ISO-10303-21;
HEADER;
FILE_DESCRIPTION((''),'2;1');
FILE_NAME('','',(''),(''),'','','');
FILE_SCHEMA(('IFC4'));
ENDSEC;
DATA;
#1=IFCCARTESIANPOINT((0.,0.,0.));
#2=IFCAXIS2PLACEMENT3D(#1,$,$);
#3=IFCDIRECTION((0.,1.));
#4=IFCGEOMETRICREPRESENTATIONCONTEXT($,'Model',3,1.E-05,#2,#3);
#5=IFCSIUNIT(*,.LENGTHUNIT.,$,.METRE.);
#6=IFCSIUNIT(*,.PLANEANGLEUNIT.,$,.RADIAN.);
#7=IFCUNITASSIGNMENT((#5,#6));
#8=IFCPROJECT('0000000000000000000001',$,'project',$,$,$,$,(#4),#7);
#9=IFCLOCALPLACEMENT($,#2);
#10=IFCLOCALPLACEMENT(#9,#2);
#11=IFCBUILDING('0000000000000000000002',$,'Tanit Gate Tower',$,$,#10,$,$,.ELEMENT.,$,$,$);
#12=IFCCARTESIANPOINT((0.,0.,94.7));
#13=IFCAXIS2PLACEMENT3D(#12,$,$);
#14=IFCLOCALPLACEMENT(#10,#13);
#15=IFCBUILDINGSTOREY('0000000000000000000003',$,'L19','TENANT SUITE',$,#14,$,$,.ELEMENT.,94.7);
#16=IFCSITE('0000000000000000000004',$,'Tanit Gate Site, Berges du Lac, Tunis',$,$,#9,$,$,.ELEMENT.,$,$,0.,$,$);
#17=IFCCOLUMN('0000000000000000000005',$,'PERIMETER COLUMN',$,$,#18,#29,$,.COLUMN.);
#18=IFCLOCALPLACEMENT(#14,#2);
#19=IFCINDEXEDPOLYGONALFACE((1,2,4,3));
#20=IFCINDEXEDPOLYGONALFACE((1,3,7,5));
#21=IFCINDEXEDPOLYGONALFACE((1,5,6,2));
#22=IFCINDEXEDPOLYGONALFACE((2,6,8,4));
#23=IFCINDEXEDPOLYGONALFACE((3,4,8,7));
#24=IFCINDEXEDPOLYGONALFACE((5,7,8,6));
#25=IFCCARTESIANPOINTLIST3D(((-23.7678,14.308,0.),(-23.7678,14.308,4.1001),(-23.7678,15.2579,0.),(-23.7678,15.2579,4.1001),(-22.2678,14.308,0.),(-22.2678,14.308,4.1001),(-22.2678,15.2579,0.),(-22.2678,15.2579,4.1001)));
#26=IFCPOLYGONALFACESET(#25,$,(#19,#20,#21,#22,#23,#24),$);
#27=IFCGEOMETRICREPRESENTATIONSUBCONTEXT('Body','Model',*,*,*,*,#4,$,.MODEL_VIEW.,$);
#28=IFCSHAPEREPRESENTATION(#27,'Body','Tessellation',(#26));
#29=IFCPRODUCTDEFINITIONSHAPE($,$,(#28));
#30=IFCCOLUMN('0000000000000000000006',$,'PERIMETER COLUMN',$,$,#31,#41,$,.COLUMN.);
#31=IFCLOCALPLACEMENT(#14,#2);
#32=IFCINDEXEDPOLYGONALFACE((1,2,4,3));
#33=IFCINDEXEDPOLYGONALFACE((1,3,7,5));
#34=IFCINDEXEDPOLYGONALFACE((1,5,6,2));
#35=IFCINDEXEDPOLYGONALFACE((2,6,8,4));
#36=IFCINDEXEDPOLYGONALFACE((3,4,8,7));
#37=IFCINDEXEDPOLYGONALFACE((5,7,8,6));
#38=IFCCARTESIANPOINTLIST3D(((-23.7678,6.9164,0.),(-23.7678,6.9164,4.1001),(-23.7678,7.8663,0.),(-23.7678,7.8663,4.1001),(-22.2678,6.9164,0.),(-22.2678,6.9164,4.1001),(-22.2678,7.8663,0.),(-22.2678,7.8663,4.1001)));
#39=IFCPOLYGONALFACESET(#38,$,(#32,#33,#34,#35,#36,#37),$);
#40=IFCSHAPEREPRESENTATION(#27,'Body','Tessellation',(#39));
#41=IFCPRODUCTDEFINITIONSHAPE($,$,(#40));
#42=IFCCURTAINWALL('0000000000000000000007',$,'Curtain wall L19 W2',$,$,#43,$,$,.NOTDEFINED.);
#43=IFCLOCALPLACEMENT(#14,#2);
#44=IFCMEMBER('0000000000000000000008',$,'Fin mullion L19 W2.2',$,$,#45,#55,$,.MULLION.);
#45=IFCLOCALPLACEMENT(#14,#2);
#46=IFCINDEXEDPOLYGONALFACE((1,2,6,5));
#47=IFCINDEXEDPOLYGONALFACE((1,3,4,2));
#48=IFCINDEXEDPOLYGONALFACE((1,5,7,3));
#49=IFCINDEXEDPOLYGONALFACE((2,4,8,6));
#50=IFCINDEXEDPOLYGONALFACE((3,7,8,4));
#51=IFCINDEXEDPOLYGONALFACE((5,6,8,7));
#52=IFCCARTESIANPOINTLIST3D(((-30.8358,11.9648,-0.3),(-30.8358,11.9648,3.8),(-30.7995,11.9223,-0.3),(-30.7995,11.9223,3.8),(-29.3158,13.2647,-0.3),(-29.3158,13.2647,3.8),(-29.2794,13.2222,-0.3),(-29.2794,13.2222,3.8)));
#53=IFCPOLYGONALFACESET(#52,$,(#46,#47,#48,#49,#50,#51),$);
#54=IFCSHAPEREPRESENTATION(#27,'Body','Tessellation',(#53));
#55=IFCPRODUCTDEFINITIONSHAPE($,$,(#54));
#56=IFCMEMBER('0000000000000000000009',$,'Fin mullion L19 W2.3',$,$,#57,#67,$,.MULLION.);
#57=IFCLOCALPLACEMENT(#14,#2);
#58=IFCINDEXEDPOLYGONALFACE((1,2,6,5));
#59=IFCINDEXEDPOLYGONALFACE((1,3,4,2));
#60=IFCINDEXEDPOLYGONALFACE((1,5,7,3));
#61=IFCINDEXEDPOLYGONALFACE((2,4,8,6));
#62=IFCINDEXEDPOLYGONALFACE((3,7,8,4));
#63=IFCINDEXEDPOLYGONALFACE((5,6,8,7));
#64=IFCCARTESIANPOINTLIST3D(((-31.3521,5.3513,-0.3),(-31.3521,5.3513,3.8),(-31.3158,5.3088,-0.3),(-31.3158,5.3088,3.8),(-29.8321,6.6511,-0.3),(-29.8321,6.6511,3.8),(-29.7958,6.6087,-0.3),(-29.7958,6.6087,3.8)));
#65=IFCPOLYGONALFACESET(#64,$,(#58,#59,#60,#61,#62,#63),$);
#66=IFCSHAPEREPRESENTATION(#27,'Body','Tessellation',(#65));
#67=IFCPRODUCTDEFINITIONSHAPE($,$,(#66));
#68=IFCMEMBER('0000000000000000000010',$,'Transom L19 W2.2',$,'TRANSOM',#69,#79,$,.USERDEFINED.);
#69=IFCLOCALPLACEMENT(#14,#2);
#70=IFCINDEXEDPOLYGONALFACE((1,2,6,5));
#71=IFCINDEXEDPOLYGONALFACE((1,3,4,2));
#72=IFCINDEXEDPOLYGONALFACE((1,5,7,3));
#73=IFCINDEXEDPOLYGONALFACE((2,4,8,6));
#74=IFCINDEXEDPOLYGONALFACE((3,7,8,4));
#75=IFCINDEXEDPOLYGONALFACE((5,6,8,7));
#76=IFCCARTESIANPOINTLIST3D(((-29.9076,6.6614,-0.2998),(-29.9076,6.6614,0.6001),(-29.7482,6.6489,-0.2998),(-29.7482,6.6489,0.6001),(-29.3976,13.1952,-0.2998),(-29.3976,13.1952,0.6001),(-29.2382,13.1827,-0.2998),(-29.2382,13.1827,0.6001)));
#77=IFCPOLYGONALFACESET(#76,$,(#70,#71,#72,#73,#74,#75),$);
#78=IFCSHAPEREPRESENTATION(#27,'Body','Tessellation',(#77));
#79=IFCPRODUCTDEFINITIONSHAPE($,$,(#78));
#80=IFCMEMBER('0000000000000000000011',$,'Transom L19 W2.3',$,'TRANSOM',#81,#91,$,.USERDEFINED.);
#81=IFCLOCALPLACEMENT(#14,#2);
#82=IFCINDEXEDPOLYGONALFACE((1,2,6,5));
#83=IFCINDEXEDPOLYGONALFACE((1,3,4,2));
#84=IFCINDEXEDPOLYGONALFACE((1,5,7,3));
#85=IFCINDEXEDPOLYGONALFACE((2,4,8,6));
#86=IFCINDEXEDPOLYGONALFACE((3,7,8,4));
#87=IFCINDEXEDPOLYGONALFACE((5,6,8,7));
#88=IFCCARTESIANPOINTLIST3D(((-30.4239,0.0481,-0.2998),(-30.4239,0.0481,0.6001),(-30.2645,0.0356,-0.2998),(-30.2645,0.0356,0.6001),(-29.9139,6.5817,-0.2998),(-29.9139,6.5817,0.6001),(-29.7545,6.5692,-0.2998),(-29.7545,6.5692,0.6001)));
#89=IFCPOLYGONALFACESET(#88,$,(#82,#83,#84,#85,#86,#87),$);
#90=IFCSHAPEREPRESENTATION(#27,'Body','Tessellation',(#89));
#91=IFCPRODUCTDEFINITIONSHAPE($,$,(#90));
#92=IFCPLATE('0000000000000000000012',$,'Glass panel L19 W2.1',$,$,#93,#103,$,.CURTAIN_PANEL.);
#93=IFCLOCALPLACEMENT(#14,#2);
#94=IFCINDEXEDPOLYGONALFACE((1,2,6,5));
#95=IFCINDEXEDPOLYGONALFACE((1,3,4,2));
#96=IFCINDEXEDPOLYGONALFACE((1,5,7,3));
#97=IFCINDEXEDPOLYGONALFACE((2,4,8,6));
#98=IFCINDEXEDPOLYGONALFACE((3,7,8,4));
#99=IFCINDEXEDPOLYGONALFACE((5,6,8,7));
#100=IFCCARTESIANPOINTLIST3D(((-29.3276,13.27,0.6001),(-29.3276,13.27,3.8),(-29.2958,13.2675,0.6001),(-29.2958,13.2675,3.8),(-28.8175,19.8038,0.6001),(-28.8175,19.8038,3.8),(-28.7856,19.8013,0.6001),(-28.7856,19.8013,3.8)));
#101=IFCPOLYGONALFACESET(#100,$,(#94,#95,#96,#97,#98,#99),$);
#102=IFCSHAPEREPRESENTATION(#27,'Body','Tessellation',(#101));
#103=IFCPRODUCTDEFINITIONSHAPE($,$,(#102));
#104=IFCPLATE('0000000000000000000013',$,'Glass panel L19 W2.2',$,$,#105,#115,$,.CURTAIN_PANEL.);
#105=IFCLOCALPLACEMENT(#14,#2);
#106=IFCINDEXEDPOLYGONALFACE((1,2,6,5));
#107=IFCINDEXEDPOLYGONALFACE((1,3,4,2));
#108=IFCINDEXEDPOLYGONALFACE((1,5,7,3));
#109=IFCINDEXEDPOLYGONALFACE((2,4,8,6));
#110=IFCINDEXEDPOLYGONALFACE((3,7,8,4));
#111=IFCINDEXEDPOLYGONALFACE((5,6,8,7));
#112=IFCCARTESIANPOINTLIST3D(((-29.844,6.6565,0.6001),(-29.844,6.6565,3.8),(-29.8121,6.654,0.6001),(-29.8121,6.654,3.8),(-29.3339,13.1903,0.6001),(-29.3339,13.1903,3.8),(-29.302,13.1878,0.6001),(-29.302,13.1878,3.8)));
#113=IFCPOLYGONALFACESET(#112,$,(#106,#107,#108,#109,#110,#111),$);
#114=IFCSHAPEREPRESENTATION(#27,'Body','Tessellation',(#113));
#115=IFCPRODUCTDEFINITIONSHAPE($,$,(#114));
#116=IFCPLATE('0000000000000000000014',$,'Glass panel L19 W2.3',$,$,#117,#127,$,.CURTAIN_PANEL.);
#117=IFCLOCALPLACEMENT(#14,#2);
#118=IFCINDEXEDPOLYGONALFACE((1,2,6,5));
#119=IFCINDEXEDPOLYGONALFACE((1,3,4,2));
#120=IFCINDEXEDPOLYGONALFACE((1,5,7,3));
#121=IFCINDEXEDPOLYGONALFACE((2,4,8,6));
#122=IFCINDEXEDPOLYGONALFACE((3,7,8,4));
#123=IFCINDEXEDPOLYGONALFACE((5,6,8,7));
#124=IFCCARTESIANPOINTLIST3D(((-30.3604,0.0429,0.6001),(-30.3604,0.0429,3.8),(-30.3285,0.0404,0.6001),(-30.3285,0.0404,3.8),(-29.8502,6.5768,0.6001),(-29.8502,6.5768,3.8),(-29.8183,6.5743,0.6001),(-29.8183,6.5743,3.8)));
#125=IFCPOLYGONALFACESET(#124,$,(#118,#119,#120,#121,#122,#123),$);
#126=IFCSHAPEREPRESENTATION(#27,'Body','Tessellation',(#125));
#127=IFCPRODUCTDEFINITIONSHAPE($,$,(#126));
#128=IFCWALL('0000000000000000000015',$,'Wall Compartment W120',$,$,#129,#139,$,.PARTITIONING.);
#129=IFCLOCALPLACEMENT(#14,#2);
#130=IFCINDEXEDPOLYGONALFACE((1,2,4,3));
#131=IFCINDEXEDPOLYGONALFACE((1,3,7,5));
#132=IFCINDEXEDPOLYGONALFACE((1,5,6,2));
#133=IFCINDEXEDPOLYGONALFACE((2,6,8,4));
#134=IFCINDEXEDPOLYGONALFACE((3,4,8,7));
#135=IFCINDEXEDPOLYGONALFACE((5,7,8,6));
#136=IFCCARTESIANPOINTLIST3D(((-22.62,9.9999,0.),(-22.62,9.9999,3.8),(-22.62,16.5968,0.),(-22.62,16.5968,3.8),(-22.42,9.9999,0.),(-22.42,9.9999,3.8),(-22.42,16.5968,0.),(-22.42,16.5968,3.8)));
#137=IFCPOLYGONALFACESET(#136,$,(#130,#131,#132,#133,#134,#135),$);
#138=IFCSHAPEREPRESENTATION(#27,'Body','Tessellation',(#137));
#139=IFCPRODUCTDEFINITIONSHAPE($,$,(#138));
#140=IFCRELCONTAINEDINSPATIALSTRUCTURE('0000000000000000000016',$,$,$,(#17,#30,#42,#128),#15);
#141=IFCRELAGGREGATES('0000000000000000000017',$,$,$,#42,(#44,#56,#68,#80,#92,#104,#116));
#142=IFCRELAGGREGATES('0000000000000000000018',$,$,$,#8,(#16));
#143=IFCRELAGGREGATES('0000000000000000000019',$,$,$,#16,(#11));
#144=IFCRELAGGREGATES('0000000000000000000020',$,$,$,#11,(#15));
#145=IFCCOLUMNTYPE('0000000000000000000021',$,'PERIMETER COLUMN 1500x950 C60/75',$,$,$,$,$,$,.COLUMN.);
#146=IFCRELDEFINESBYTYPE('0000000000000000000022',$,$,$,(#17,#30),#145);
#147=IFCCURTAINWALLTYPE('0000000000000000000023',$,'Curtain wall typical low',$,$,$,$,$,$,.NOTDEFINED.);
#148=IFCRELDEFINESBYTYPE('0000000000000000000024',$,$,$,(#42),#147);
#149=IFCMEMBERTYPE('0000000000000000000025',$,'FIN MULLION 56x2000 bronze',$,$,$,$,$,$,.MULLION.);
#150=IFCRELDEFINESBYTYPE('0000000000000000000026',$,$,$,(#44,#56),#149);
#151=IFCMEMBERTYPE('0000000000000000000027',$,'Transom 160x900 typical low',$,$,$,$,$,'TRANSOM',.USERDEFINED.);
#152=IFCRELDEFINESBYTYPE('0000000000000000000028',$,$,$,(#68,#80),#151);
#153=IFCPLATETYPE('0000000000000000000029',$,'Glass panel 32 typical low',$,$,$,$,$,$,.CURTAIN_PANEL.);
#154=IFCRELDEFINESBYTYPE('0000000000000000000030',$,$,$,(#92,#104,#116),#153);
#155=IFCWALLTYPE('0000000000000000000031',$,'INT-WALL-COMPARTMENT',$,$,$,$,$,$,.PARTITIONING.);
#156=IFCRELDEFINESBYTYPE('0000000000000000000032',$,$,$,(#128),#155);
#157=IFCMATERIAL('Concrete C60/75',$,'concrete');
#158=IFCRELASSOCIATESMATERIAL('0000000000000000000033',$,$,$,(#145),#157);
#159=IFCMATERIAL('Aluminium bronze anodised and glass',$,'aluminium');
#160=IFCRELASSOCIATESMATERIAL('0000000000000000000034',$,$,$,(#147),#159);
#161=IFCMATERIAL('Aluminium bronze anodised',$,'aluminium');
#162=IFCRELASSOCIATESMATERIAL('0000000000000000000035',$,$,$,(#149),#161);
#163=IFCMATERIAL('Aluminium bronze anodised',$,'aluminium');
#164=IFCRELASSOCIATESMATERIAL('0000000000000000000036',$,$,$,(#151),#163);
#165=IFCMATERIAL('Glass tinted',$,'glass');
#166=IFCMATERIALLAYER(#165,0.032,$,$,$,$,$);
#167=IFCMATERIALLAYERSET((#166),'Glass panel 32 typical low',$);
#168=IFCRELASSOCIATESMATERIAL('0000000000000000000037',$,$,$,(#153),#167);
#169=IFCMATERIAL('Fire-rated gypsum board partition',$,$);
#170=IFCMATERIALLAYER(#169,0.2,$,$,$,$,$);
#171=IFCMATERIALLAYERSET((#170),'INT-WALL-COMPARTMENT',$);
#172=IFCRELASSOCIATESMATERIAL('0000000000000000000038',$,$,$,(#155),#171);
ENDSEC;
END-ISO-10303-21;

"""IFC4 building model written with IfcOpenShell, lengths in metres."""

from ifc_helpers import new_model, si_unit, direction, frame, frame_2d, origin, origin_2d, place, context, subcontext, project, spatial, rectangle, extrude, material, layer, layer_set, material_profile, profile_set, type_object, element, aggregate, save


model = new_model("IFC4")

# Units and contexts
model_context = context("Model", 3, precision=1e-05, world=origin(), true_north=direction((0.0, 1.0)))
body_context = subcontext(model_context, "Body", "Model", "MODEL_VIEW")
ifc_project = project(units=[si_unit("LENGTHUNIT", "METRE"), si_unit("PLANEANGLEUNIT", "RADIAN")], contexts=[model_context])

# Site, building, storey
site_placement = place(None, origin())
site = spatial("IfcSite", under=ifc_project, at=site_placement, Name="Tanit Gate Site, Berges du Lac, Tunis", CompositionType="ELEMENT", RefElevation=0.0)
building_placement = place(site_placement, origin())
building = spatial("IfcBuilding", under=site, at=building_placement, Name="Tanit Gate Tower", CompositionType="ELEMENT")
storey_placement = place(building_placement, frame((0.0, 0.0, 94.7)))
storey = spatial("IfcBuildingStorey", under=building, at=storey_placement, Name="L19", Description="TENANT SUITE", CompositionType="ELEMENT", Elevation=94.7)

# Columns
ifc_material_1 = material(Name="Concrete C60/75", Category="concrete")
ifc_material_profile_1 = material_profile(ifc_material_1, rectangle(XDim=1.5, YDim=0.95, at=origin_2d()), Name="RC 1500x950")
ifc_profile_set_1 = profile_set([ifc_material_profile_1], Name="Concrete C60/75")
column_type = type_object("IfcColumnType", Name="PERIMETER COLUMN 1500x950 C60/75", PredefinedType="COLUMN", material=ifc_profile_set_1)
for number, where, z_axis, x_axis, name in (
    (1, (-23.0178, 14.783, 0.0), (0.0, 0.0, 1.0), (-1.0, 0.0, 0.0), "PERIMETER COLUMN"),
    (2, (-23.0178, 7.3914, 0.0), (0.0, 0.0, 1.0), (-1.0, 0.0, 0.0), "PERIMETER COLUMN"),
):
    element("IfcColumn", number, at=place(storey_placement, frame(where, z_axis=z_axis, x_axis=x_axis)), inside=storey, type_object=column_type, Name=name, PredefinedType="COLUMN", context=body_context, shape_type="SweptSolid", body=[
        extrude(rectangle(XDim=1.5, YDim=0.95, at=origin_2d()), origin(), (0.0, 0.0, 1.0), 4.1001),
    ])

# Curtain wall, members, plates
ifc_material_2 = material(Name="Aluminium bronze anodised and glass", Category="aluminium")
curtain_wall_type = type_object("IfcCurtainWallType", Name="Curtain wall typical low", PredefinedType="NOTDEFINED", material=ifc_material_2)
curtain_wall_placement = place(storey_placement, origin())
curtain_wall = element("IfcCurtainWall", 3, at=curtain_wall_placement, inside=storey, type_object=curtain_wall_type, Name="Curtain wall L19 W2", PredefinedType="NOTDEFINED")
ifc_material_3 = material(Name="Aluminium bronze anodised", Category="aluminium")
ifc_material_profile_2 = material_profile(ifc_material_3, rectangle(XDim=2.0, YDim=0.0559, at=origin_2d()), Name="56x2000 bronze fin mullion")
ifc_profile_set_2 = profile_set([ifc_material_profile_2], Name="Aluminium bronze anodised")
member_type_1 = type_object("IfcMemberType", Name="FIN MULLION 56x2000 bronze", PredefinedType="MULLION", material=ifc_profile_set_2)
member_1_placement = place(storey_placement, frame((-30.0576, 12.5935, -0.3), z_axis=(0.0, 0.0, 1.0), x_axis=(0.760002, 0.649921, 0.0)))
member_1 = element("IfcMember", 4, at=member_1_placement, type_object=member_type_1, Name="Fin mullion L19 W2.2", PredefinedType="MULLION", context=body_context, shape_type="SweptSolid", body=[
    extrude(rectangle(XDim=2.0, YDim=0.0559, at=origin_2d()), origin(), (0.0, 0.0, 1.0), 4.1001),
])
member_2_placement = place(storey_placement, frame((-30.574, 5.98, -0.3), z_axis=(0.0, 0.0, 1.0), x_axis=(0.760002, 0.649921, 0.0)))
member_2 = element("IfcMember", 5, at=member_2_placement, type_object=member_type_1, Name="Fin mullion L19 W2.3", PredefinedType="MULLION", context=body_context, shape_type="SweptSolid", body=[
    extrude(rectangle(XDim=2.0, YDim=0.0559, at=origin_2d()), origin(), (0.0, 0.0, 1.0), 4.1001),
])
ifc_material_4 = material(Name="Aluminium bronze anodised", Category="aluminium")
ifc_material_profile_3 = material_profile(ifc_material_4, rectangle(XDim=0.1599, YDim=0.8999, at=origin_2d()), Name="160x900 bronze transom")
ifc_profile_set_3 = profile_set([ifc_material_profile_3], Name="Aluminium bronze anodised")
member_type_2 = type_object("IfcMemberType", Name="Transom 160x900 typical low", ElementType="TRANSOM", PredefinedType="USERDEFINED", material=ifc_profile_set_3)
member_3_placement = place(storey_placement, frame((-29.3179, 13.189, 0.1501), z_axis=(-0.077819, -0.996968, 0.0), x_axis=(0.996968, -0.077819, 0.0)))
member_3 = element("IfcMember", 6, at=member_3_placement, type_object=member_type_2, Name="Transom L19 W2.2", ObjectType="TRANSOM", PredefinedType="USERDEFINED", context=body_context, shape_type="SweptSolid", body=[
    extrude(rectangle(XDim=0.1599, YDim=0.8999, at=origin_2d()), origin(), (0.0, 0.0, 1.0), 6.5537),
])
member_4_placement = place(storey_placement, frame((-29.8342, 6.5754, 0.1501), z_axis=(-0.077822, -0.996967, 0.0), x_axis=(0.996967, -0.077822, 0.0)))
member_4 = element("IfcMember", 7, at=member_4_placement, type_object=member_type_2, Name="Transom L19 W2.3", ObjectType="TRANSOM", PredefinedType="USERDEFINED", context=body_context, shape_type="SweptSolid", body=[
    extrude(rectangle(XDim=0.1599, YDim=0.8999, at=origin_2d()), origin(), (0.0, 0.0, 1.0), 6.5535),
])
ifc_material_5 = material(Name="Glass tinted", Category="glass")
ifc_layer_1 = layer(ifc_material_5, 0.032)
ifc_layer_set_1 = layer_set([ifc_layer_1], Name="Glass panel 32 typical low")
plate_type = type_object("IfcPlateType", Name="Glass panel 32 typical low", PredefinedType="CURTAIN_PANEL", material=ifc_layer_set_1)
plate_1_placement = place(storey_placement, frame((-29.0566, 16.5356, 0.6001), z_axis=(0.0, 0.0, 1.0), x_axis=(-0.077839, -0.996966, 0.0)))
plate_1 = element("IfcPlate", 8, at=plate_1_placement, type_object=plate_type, Name="Glass panel L19 W2.1", PredefinedType="CURTAIN_PANEL", context=body_context, shape_type="SweptSolid", body=[
    extrude(rectangle(XDim=6.5537, YDim=0.032, at=origin_2d()), origin(), (0.0, 0.0, 1.0), 3.2),
])
plate_2_placement = place(storey_placement, frame((-29.573, 9.9221, 0.6001), z_axis=(0.0, 0.0, 1.0), x_axis=(-0.077839, -0.996966, 0.0)))
plate_2 = element("IfcPlate", 9, at=plate_2_placement, type_object=plate_type, Name="Glass panel L19 W2.2", PredefinedType="CURTAIN_PANEL", context=body_context, shape_type="SweptSolid", body=[
    extrude(rectangle(XDim=6.5537, YDim=0.032, at=origin_2d()), origin(), (0.0, 0.0, 1.0), 3.2),
])
plate_3_placement = place(storey_placement, frame((-30.0894, 3.3086, 0.6001), z_axis=(0.0, 0.0, 1.0), x_axis=(-0.077839, -0.996966, 0.0)))
plate_3 = element("IfcPlate", 10, at=plate_3_placement, type_object=plate_type, Name="Glass panel L19 W2.3", PredefinedType="CURTAIN_PANEL", context=body_context, shape_type="SweptSolid", body=[
    extrude(rectangle(XDim=6.5537, YDim=0.032, at=origin_2d()), origin(), (0.0, 0.0, 1.0), 3.2),
])
aggregate(curtain_wall, [member_1, member_2, member_3, member_4, plate_1, plate_2, plate_3])

# Wall
ifc_material_6 = material(Name="Fire-rated gypsum board partition")
ifc_layer_2 = layer(ifc_material_6, 0.2)
ifc_layer_set_2 = layer_set([ifc_layer_2], Name="INT-WALL-COMPARTMENT")
wall_type = type_object("IfcWallType", Name="INT-WALL-COMPARTMENT", PredefinedType="PARTITIONING", material=ifc_layer_set_2)
wall_placement = place(storey_placement, frame((-22.52, 10.0, 0.0), z_axis=(0.0, 0.0, 1.0), x_axis=(0.0, 1.0, 0.0)))
element("IfcWall", 11, at=wall_placement, inside=storey, type_object=wall_type, Name="Wall Compartment W120", PredefinedType="PARTITIONING", context=body_context, shape_type="SweptSolid", body=[
    extrude(rectangle(XDim=6.5969, YDim=0.2, at=frame_2d((3.2983, 0.0))), origin(), (0.0, 0.0, 1.0), 3.8),
])

save(model, "model.ifc")
